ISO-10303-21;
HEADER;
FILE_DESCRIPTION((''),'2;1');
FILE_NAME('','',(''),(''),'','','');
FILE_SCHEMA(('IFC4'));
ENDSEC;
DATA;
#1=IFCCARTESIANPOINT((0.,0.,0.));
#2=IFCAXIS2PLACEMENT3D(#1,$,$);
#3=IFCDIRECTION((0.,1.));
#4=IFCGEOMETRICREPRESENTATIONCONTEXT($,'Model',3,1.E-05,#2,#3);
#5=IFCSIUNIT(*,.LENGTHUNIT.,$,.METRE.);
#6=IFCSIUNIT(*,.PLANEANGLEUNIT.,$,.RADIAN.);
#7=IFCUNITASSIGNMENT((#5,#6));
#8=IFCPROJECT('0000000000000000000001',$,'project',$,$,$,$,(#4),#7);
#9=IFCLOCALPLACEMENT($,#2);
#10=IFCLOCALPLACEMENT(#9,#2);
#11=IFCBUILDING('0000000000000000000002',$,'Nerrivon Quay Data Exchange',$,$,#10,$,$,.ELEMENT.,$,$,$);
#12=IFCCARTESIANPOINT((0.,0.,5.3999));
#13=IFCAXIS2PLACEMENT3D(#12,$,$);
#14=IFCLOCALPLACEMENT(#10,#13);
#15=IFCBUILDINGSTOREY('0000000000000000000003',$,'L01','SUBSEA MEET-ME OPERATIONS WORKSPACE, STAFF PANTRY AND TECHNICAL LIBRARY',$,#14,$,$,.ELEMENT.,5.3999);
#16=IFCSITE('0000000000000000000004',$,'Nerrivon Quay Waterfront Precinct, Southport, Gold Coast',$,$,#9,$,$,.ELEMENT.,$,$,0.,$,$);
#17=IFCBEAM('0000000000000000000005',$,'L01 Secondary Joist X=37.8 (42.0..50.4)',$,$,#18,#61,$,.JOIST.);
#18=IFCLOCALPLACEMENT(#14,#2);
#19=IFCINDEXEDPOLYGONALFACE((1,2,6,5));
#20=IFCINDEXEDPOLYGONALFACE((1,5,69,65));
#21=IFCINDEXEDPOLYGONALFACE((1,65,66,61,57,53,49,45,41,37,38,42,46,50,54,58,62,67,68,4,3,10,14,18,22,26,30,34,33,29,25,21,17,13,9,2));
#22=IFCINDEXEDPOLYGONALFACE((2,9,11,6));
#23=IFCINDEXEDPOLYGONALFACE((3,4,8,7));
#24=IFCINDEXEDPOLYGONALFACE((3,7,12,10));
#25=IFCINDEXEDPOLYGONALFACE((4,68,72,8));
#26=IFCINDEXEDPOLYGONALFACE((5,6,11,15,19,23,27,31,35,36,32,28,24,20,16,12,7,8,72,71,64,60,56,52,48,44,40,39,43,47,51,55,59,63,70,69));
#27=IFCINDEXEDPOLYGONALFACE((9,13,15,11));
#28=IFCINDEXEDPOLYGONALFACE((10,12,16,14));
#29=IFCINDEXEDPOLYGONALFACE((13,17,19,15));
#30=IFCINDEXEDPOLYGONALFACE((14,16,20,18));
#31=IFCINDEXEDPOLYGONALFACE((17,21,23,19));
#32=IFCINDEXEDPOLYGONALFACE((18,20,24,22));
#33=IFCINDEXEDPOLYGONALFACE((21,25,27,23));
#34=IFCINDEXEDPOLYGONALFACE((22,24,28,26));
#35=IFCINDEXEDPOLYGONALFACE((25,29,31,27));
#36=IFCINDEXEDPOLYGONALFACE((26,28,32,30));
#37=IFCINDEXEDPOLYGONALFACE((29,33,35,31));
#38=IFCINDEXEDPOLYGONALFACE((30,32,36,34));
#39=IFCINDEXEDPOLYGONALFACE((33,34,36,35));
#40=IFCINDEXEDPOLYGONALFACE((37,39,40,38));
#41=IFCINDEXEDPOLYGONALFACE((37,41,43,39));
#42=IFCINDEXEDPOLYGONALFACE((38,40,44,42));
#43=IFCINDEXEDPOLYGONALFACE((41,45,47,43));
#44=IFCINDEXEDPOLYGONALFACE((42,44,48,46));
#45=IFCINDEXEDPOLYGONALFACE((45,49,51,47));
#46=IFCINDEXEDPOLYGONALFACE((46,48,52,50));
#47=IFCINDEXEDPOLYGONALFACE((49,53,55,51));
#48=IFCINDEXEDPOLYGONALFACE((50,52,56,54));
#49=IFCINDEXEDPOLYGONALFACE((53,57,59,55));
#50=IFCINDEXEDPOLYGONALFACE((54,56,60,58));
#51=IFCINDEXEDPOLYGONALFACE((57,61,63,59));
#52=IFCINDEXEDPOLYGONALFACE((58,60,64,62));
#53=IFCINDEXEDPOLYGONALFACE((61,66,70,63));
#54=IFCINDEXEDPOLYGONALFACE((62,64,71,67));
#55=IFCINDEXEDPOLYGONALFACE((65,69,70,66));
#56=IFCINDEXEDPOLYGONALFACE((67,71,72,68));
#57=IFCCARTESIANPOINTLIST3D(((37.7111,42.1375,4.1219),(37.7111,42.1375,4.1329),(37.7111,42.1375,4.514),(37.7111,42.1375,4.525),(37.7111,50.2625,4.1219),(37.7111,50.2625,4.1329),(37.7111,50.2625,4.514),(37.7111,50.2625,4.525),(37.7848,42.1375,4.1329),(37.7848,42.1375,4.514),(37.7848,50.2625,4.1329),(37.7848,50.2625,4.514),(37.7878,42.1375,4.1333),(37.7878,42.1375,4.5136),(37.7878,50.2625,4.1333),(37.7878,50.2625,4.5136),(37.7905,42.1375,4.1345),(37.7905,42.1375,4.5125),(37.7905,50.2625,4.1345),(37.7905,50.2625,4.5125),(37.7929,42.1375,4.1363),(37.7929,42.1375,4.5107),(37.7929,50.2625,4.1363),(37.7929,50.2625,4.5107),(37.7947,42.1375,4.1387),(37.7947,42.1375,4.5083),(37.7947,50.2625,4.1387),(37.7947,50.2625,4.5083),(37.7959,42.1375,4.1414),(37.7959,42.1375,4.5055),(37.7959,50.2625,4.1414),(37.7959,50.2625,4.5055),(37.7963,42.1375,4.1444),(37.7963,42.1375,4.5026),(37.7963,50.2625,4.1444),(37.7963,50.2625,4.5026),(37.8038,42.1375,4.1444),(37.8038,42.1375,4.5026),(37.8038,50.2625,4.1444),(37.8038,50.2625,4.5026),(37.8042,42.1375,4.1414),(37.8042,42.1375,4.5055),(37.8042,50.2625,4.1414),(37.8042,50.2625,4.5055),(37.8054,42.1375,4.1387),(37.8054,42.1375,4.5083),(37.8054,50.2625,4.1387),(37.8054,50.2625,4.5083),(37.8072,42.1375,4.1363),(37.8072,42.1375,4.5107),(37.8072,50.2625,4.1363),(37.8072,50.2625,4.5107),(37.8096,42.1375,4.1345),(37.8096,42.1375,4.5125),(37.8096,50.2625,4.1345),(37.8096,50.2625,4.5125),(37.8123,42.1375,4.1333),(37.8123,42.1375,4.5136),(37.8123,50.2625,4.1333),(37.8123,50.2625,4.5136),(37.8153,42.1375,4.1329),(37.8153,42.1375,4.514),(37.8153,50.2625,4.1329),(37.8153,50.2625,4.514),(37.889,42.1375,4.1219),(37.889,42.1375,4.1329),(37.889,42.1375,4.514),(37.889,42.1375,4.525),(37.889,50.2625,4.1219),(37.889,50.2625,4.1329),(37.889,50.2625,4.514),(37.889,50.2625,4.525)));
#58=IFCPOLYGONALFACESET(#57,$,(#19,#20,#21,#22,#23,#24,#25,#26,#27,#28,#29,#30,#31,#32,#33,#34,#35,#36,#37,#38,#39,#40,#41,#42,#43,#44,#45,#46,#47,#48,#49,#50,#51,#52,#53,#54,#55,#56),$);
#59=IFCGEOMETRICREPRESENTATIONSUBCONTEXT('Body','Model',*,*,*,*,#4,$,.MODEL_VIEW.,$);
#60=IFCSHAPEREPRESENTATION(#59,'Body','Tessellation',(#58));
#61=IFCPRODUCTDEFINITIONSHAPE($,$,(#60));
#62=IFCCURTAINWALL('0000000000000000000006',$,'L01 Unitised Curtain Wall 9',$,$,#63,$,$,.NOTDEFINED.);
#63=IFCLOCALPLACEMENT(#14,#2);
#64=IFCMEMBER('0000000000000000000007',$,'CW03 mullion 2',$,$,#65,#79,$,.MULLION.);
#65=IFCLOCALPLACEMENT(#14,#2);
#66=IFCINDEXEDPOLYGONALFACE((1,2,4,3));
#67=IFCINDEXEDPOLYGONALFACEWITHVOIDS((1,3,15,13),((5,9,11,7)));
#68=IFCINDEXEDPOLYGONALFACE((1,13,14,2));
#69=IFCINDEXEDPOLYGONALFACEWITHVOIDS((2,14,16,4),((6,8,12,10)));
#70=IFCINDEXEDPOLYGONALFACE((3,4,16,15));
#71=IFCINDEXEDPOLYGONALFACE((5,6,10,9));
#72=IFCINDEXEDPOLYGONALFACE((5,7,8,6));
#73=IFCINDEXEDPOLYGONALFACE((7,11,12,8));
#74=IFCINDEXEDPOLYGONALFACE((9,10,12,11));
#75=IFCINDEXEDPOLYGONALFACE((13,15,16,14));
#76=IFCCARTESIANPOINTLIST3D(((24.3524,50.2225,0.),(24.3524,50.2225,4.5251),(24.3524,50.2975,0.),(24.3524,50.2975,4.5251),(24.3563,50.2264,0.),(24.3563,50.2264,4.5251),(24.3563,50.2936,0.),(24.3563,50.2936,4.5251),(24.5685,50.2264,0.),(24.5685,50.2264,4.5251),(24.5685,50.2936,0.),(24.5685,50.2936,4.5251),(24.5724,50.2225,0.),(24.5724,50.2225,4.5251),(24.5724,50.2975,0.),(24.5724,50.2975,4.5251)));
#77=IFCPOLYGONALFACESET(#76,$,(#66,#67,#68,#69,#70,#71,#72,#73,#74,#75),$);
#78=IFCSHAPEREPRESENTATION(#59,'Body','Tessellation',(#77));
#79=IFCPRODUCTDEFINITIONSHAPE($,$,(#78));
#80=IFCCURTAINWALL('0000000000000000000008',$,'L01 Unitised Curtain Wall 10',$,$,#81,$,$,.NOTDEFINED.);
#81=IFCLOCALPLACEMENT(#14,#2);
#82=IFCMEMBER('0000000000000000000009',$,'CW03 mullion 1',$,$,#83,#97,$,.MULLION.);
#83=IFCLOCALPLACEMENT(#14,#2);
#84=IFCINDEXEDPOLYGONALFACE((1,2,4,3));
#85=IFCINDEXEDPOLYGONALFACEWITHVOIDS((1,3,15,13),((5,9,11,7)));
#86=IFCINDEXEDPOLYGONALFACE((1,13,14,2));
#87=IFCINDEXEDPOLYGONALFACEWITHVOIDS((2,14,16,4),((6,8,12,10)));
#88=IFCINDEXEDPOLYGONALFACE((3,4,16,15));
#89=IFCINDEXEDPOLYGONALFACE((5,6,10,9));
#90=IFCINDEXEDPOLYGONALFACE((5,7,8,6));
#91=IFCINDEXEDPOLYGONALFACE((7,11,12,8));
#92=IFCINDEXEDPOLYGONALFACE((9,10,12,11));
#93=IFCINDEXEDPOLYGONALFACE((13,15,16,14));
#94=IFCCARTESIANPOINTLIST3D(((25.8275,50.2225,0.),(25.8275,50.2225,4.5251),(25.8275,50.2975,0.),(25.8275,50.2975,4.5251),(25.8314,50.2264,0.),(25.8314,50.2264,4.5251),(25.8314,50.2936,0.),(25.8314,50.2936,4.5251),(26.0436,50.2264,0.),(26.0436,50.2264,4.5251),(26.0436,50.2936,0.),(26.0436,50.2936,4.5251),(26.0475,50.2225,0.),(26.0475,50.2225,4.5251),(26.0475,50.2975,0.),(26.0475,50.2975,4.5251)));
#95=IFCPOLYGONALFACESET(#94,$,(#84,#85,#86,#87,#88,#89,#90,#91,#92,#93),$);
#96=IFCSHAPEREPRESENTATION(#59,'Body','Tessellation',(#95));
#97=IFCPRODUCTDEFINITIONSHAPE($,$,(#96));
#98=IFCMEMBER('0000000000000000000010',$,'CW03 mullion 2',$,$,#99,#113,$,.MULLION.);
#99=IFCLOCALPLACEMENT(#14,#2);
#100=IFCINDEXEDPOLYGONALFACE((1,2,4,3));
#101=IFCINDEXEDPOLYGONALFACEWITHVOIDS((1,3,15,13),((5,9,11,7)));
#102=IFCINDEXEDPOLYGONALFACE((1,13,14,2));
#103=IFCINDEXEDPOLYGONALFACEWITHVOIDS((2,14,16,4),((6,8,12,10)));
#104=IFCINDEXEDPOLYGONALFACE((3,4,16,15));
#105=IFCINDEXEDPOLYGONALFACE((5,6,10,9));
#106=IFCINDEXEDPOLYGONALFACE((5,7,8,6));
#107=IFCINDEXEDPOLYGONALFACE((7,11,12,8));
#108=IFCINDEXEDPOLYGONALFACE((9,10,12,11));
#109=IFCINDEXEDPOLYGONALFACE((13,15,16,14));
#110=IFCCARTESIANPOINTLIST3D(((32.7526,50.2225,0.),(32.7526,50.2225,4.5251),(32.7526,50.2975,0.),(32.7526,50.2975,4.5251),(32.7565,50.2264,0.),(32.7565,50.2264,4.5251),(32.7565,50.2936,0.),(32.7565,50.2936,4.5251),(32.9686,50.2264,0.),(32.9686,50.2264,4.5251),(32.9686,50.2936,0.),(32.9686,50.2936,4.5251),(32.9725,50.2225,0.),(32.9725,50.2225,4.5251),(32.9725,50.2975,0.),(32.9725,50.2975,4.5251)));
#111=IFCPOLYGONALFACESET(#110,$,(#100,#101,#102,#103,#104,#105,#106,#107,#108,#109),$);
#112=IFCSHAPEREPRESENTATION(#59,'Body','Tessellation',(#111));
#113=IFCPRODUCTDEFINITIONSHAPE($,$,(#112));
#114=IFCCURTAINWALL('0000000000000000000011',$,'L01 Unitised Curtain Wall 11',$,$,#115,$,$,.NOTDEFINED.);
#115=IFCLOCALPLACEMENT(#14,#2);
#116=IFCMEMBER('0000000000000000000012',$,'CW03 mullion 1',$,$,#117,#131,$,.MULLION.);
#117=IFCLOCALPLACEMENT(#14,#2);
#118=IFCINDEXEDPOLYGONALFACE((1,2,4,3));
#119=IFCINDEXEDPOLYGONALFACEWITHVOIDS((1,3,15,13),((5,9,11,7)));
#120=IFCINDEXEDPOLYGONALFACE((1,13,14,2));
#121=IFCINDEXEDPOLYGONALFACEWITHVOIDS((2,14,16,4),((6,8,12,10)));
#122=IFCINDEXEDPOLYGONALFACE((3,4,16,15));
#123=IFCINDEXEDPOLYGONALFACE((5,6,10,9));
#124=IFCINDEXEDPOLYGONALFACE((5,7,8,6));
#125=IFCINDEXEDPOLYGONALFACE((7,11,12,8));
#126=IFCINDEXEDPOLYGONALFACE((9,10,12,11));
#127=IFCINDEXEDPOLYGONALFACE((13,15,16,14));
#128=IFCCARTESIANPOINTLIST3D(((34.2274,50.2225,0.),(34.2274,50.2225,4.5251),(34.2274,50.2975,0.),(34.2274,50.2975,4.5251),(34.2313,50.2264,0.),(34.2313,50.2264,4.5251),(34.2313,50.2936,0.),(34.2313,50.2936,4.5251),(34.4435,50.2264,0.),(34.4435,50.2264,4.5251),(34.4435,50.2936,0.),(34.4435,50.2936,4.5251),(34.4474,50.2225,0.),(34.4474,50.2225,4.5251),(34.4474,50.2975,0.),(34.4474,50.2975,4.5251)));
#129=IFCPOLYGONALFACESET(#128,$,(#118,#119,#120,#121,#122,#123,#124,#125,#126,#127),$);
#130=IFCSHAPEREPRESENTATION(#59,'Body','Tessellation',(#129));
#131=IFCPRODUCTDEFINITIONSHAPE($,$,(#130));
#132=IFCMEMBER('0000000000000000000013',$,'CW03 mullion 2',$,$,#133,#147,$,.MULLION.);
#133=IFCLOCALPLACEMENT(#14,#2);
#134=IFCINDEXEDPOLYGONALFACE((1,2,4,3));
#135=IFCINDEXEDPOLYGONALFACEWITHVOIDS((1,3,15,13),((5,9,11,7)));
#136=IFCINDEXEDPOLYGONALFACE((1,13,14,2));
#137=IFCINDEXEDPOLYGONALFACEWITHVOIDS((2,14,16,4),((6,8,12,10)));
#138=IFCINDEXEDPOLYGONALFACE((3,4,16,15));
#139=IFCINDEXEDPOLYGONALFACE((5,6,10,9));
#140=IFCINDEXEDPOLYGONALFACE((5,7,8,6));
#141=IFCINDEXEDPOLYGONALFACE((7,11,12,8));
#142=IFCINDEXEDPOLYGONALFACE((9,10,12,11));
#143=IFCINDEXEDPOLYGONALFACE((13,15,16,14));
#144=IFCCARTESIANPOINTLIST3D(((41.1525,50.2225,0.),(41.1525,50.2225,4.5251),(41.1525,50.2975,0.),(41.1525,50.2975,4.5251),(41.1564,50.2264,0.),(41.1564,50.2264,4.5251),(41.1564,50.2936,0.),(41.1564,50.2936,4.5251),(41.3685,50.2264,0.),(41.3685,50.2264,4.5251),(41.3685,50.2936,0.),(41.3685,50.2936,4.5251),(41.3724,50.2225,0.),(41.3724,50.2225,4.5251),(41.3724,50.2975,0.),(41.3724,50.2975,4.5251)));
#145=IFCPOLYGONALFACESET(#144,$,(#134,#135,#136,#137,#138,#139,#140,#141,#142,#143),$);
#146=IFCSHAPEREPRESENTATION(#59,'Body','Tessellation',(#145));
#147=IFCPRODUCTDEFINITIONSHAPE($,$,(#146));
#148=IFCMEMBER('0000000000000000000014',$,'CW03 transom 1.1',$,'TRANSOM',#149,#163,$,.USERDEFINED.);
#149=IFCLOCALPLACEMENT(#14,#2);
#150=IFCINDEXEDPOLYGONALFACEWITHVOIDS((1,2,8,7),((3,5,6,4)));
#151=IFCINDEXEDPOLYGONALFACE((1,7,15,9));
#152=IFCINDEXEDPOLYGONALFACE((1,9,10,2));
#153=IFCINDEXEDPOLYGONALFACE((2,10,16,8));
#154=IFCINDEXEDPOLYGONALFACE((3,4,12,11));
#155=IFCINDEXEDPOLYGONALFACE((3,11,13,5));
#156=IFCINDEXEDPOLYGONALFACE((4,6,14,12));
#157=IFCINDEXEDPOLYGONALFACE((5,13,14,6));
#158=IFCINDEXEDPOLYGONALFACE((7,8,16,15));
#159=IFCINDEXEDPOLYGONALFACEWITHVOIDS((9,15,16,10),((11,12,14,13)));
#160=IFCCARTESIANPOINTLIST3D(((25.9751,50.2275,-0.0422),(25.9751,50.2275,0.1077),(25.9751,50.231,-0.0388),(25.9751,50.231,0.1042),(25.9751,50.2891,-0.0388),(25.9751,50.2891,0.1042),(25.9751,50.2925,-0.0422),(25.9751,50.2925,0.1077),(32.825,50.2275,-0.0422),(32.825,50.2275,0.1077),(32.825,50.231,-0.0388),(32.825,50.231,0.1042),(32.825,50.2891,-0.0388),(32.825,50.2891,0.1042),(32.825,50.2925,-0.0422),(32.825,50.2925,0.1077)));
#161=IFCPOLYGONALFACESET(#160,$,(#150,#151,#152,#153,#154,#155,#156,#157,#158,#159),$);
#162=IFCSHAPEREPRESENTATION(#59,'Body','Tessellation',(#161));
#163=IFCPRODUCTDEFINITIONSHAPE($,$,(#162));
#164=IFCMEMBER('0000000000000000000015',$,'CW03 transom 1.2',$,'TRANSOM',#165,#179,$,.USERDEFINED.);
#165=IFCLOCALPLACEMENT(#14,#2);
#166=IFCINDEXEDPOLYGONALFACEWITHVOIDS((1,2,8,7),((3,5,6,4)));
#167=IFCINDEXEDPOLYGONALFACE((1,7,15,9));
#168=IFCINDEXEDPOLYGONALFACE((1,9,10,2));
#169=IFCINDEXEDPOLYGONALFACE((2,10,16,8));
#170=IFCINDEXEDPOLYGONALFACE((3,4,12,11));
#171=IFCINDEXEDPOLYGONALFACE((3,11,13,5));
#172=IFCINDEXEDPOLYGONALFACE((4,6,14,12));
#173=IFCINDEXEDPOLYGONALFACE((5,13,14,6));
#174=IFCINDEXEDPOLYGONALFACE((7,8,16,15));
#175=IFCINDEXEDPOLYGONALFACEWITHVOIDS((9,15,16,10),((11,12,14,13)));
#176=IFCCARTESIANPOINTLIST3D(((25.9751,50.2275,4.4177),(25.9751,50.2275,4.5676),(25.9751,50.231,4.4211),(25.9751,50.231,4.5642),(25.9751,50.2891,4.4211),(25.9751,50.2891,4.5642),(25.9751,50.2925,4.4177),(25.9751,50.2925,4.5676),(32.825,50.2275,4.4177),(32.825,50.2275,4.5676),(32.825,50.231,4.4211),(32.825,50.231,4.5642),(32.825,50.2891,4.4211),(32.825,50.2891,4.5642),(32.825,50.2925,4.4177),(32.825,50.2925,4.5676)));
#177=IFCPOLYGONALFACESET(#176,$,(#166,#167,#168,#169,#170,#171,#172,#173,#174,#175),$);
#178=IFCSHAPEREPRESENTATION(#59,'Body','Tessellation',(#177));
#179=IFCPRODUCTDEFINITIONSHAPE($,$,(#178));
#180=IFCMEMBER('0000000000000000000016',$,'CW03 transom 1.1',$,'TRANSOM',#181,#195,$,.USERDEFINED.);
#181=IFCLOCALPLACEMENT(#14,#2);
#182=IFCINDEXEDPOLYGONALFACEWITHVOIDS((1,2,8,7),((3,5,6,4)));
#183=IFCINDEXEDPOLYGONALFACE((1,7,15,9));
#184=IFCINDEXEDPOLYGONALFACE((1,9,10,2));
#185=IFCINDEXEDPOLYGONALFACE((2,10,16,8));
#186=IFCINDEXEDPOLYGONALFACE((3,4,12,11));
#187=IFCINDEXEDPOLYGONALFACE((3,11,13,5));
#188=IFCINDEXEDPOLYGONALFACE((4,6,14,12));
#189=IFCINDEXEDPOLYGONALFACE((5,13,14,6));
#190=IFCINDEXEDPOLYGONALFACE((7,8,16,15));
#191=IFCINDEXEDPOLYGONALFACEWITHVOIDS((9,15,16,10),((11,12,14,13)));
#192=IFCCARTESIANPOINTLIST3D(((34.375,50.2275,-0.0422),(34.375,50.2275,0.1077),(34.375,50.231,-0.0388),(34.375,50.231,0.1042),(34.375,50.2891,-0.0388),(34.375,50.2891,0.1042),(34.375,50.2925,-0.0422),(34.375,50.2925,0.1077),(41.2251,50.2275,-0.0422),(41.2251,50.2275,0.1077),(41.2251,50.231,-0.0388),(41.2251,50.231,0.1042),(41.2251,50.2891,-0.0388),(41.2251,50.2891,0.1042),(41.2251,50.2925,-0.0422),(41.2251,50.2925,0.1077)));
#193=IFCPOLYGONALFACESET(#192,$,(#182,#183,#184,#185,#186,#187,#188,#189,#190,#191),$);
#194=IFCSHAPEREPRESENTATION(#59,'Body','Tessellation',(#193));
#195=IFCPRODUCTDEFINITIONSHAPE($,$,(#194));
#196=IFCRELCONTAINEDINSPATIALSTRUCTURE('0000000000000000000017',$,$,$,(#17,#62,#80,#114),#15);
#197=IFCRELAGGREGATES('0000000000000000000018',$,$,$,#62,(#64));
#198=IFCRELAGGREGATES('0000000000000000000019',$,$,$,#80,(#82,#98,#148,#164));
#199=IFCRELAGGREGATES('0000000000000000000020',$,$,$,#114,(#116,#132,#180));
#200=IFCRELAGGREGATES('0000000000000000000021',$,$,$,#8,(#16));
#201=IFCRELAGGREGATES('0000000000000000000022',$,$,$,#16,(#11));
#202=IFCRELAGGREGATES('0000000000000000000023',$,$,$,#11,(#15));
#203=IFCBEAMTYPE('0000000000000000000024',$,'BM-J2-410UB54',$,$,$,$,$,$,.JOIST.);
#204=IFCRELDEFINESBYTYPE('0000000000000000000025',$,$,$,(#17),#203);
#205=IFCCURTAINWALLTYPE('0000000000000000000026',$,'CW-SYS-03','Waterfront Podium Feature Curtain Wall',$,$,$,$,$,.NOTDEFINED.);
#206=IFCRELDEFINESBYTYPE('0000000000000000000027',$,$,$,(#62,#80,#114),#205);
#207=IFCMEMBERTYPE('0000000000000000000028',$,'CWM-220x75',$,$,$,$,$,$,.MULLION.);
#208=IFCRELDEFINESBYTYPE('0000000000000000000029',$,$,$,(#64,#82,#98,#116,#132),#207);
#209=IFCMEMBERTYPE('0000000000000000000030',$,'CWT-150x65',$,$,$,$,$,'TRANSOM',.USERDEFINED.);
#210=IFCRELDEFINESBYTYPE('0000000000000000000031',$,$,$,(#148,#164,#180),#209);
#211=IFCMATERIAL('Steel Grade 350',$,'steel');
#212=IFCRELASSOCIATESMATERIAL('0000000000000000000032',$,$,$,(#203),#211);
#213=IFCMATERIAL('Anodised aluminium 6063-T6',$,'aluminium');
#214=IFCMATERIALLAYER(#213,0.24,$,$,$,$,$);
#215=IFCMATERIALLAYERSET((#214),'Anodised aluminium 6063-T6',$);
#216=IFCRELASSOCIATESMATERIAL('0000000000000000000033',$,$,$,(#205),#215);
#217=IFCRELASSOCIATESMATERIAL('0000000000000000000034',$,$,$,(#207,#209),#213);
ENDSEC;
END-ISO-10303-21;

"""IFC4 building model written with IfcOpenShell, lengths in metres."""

from ifc_helpers import new_model, si_unit, direction, frame, origin, origin_2d, place, context, subcontext, project, spatial, hollow_rectangle, i_section, extrude, material, layer, layer_set, material_profile, profile_set, type_object, element, aggregate, save


model = new_model("IFC4")

# Units and contexts
model_context = context("Model", 3, precision=1e-05, world=origin(), true_north=direction((0.0, 1.0)))
body_context = subcontext(model_context, "Body", "Model", "MODEL_VIEW")
ifc_project = project(units=[si_unit("LENGTHUNIT", "METRE"), si_unit("PLANEANGLEUNIT", "RADIAN")], contexts=[model_context])

# Site, building, storey
site_placement = place(None, origin())
site = spatial("IfcSite", under=ifc_project, at=site_placement, Name="Nerrivon Quay Waterfront Precinct, Southport, Gold Coast", CompositionType="ELEMENT", RefElevation=0.0)
building_placement = place(site_placement, origin())
building = spatial("IfcBuilding", under=site, at=building_placement, Name="Nerrivon Quay Data Exchange", CompositionType="ELEMENT")
storey_placement = place(building_placement, frame((0.0, 0.0, 5.3999)))
storey = spatial("IfcBuildingStorey", under=building, at=storey_placement, Name="L01", Description="SUBSEA MEET-ME OPERATIONS WORKSPACE, STAFF PANTRY AND TECHNICAL LIBRARY", CompositionType="ELEMENT", Elevation=5.3999)

# Beam
ifc_material_1 = material(Name="Steel Grade 350", Category="steel")
ifc_material_profile_1 = material_profile(ifc_material_1, i_section(OverallWidth=0.178, OverallDepth=0.4031, WebThickness=0.0076, FlangeThickness=0.011, FilletRadius=0.0115, at=origin_2d()), Name="410UB53.7")
ifc_profile_set_1 = profile_set([ifc_material_profile_1], Name="Steel Grade 350")
beam_type_1 = type_object("IfcBeamType", Name="BM-J2-410UB54", PredefinedType="JOIST", material=ifc_profile_set_1)
for number, where, z_axis, x_axis, name in (
    (1, (37.8, 42.1375, 4.3235), (0.0, 1.0, 0.0), (-1.0, 0.0, 0.0), "L01 Secondary Joist X=37.8 (42.0..50.4)"),
):
    element("IfcBeam", number, at=place(storey_placement, frame(where, z_axis=z_axis, x_axis=x_axis)), inside=storey, type_object=beam_type_1, Name=name, PredefinedType="JOIST", context=body_context, shape_type="SweptSolid", body=[
        extrude(i_section(OverallWidth=0.178, OverallDepth=0.4031, WebThickness=0.0076, FlangeThickness=0.011, FilletRadius=0.0115, at=origin_2d()), origin(), (0.0, 0.0, 1.0), 8.125),
    ])

# Curtain wall, member
ifc_material_2 = material(Name="Anodised aluminium 6063-T6", Category="aluminium")
ifc_layer_1 = layer(ifc_material_2, 0.24)
ifc_layer_set_1 = layer_set([ifc_layer_1], Name="Anodised aluminium 6063-T6")
curtain_wall_type = type_object("IfcCurtainWallType", Name="CW-SYS-03", Description="Waterfront Podium Feature Curtain Wall", PredefinedType="NOTDEFINED", material=ifc_layer_set_1)
curtain_wall_1_placement = place(storey_placement, origin())
curtain_wall_1 = element("IfcCurtainWall", 2, at=curtain_wall_1_placement, inside=storey, type_object=curtain_wall_type, Name="L01 Unitised Curtain Wall 9", PredefinedType="NOTDEFINED")
ifc_material_profile_2 = material_profile(ifc_material_2, hollow_rectangle(XDim=0.075, YDim=0.22, WallThickness=0.0039, at=origin_2d()), Name="ALU-MULL-220x75")
ifc_profile_set_2 = profile_set([ifc_material_profile_2], Name="Anodised aluminium 6063-T6")
member_type_1 = type_object("IfcMemberType", Name="CWM-220x75", PredefinedType="MULLION", material=ifc_profile_set_2)
member_1_placement = place(storey_placement, frame((24.4624, 50.26, 0.0), z_axis=(0.0, 0.0, 1.0), x_axis=(0.0, 1.0, 0.0)))
member_1 = element("IfcMember", 3, at=member_1_placement, type_object=member_type_1, Name="CW03 mullion 2", PredefinedType="MULLION", context=body_context, shape_type="SweptSolid", body=[
    extrude(hollow_rectangle(XDim=0.075, YDim=0.22, WallThickness=0.0039, at=origin_2d()), origin(), (0.0, 0.0, 1.0), 4.5251),
])
aggregate(curtain_wall_1, [member_1])

# Curtain walls, members
curtain_wall_2_placement = place(storey_placement, origin())
curtain_wall_2 = element("IfcCurtainWall", 4, at=curtain_wall_2_placement, inside=storey, type_object=curtain_wall_type, Name="L01 Unitised Curtain Wall 10", PredefinedType="NOTDEFINED")
member_2_placement = place(storey_placement, frame((25.9375, 50.26, 0.0), z_axis=(0.0, 0.0, 1.0), x_axis=(0.0, 1.0, 0.0)))
member_2 = element("IfcMember", 5, at=member_2_placement, type_object=member_type_1, Name="CW03 mullion 1", PredefinedType="MULLION", context=body_context, shape_type="SweptSolid", body=[
    extrude(hollow_rectangle(XDim=0.075, YDim=0.22, WallThickness=0.0039, at=origin_2d()), origin(), (0.0, 0.0, 1.0), 4.5251),
])
member_3_placement = place(storey_placement, frame((32.8625, 50.26, 0.0), z_axis=(0.0, 0.0, 1.0), x_axis=(0.0, 1.0, 0.0)))
member_3 = element("IfcMember", 6, at=member_3_placement, type_object=member_type_1, Name="CW03 mullion 2", PredefinedType="MULLION", context=body_context, shape_type="SweptSolid", body=[
    extrude(hollow_rectangle(XDim=0.075, YDim=0.22, WallThickness=0.0039, at=origin_2d()), origin(), (0.0, 0.0, 1.0), 4.5251),
])
curtain_wall_3_placement = place(storey_placement, origin())
curtain_wall_3 = element("IfcCurtainWall", 7, at=curtain_wall_3_placement, inside=storey, type_object=curtain_wall_type, Name="L01 Unitised Curtain Wall 11", PredefinedType="NOTDEFINED")
member_4_placement = place(storey_placement, frame((34.3374, 50.26, 0.0), z_axis=(0.0, 0.0, 1.0), x_axis=(0.0, 1.0, 0.0)))
member_4 = element("IfcMember", 8, at=member_4_placement, type_object=member_type_1, Name="CW03 mullion 1", PredefinedType="MULLION", context=body_context, shape_type="SweptSolid", body=[
    extrude(hollow_rectangle(XDim=0.075, YDim=0.22, WallThickness=0.0039, at=origin_2d()), origin(), (0.0, 0.0, 1.0), 4.5251),
])
member_5_placement = place(storey_placement, frame((41.2625, 50.26, 0.0), z_axis=(0.0, 0.0, 1.0), x_axis=(0.0, 1.0, 0.0)))
member_5 = element("IfcMember", 9, at=member_5_placement, type_object=member_type_1, Name="CW03 mullion 2", PredefinedType="MULLION", context=body_context, shape_type="SweptSolid", body=[
    extrude(hollow_rectangle(XDim=0.075, YDim=0.22, WallThickness=0.0039, at=origin_2d()), origin(), (0.0, 0.0, 1.0), 4.5251),
])

# Members
ifc_material_profile_3 = material_profile(ifc_material_2, hollow_rectangle(XDim=0.0649, YDim=0.1499, WallThickness=0.0034, at=origin_2d()), Name="ALU-TRAN-150x65")
ifc_profile_set_3 = profile_set([ifc_material_profile_3], Name="Anodised aluminium 6063-T6")
member_type_2 = type_object("IfcMemberType", Name="CWT-150x65", ElementType="TRANSOM", PredefinedType="USERDEFINED", material=ifc_profile_set_3)
member_6_placement = place(storey_placement, frame((25.9751, 50.26, 0.0327), z_axis=(1.0, 0.0, 0.0), x_axis=(0.0, 1.0, 0.0)))
member_6 = element("IfcMember", 10, at=member_6_placement, type_object=member_type_2, Name="CW03 transom 1.1", ObjectType="TRANSOM", PredefinedType="USERDEFINED", context=body_context, shape_type="SweptSolid", body=[
    extrude(hollow_rectangle(XDim=0.0649, YDim=0.1499, WallThickness=0.0034, at=origin_2d()), origin(), (0.0, 0.0, 1.0), 6.8499),
])
member_7_placement = place(storey_placement, frame((25.9751, 50.26, 4.4927), z_axis=(1.0, 0.0, 0.0), x_axis=(0.0, 1.0, 0.0)))
member_7 = element("IfcMember", 11, at=member_7_placement, type_object=member_type_2, Name="CW03 transom 1.2", ObjectType="TRANSOM", PredefinedType="USERDEFINED", context=body_context, shape_type="SweptSolid", body=[
    extrude(hollow_rectangle(XDim=0.0649, YDim=0.1499, WallThickness=0.0034, at=origin_2d()), origin(), (0.0, 0.0, 1.0), 6.8499),
])
member_8_placement = place(storey_placement, frame((34.375, 50.26, 0.0327), z_axis=(1.0, 0.0, 0.0), x_axis=(0.0, 1.0, 0.0)))
member_8 = element("IfcMember", 12, at=member_8_placement, type_object=member_type_2, Name="CW03 transom 1.1", ObjectType="TRANSOM", PredefinedType="USERDEFINED", context=body_context, shape_type="SweptSolid", body=[
    extrude(hollow_rectangle(XDim=0.0649, YDim=0.1499, WallThickness=0.0034, at=origin_2d()), origin(), (0.0, 0.0, 1.0), 6.8501),
])

aggregate(curtain_wall_2, [member_2, member_3, member_6, member_7])
aggregate(curtain_wall_3, [member_4, member_5, member_8])

save(model, "model.ifc")
